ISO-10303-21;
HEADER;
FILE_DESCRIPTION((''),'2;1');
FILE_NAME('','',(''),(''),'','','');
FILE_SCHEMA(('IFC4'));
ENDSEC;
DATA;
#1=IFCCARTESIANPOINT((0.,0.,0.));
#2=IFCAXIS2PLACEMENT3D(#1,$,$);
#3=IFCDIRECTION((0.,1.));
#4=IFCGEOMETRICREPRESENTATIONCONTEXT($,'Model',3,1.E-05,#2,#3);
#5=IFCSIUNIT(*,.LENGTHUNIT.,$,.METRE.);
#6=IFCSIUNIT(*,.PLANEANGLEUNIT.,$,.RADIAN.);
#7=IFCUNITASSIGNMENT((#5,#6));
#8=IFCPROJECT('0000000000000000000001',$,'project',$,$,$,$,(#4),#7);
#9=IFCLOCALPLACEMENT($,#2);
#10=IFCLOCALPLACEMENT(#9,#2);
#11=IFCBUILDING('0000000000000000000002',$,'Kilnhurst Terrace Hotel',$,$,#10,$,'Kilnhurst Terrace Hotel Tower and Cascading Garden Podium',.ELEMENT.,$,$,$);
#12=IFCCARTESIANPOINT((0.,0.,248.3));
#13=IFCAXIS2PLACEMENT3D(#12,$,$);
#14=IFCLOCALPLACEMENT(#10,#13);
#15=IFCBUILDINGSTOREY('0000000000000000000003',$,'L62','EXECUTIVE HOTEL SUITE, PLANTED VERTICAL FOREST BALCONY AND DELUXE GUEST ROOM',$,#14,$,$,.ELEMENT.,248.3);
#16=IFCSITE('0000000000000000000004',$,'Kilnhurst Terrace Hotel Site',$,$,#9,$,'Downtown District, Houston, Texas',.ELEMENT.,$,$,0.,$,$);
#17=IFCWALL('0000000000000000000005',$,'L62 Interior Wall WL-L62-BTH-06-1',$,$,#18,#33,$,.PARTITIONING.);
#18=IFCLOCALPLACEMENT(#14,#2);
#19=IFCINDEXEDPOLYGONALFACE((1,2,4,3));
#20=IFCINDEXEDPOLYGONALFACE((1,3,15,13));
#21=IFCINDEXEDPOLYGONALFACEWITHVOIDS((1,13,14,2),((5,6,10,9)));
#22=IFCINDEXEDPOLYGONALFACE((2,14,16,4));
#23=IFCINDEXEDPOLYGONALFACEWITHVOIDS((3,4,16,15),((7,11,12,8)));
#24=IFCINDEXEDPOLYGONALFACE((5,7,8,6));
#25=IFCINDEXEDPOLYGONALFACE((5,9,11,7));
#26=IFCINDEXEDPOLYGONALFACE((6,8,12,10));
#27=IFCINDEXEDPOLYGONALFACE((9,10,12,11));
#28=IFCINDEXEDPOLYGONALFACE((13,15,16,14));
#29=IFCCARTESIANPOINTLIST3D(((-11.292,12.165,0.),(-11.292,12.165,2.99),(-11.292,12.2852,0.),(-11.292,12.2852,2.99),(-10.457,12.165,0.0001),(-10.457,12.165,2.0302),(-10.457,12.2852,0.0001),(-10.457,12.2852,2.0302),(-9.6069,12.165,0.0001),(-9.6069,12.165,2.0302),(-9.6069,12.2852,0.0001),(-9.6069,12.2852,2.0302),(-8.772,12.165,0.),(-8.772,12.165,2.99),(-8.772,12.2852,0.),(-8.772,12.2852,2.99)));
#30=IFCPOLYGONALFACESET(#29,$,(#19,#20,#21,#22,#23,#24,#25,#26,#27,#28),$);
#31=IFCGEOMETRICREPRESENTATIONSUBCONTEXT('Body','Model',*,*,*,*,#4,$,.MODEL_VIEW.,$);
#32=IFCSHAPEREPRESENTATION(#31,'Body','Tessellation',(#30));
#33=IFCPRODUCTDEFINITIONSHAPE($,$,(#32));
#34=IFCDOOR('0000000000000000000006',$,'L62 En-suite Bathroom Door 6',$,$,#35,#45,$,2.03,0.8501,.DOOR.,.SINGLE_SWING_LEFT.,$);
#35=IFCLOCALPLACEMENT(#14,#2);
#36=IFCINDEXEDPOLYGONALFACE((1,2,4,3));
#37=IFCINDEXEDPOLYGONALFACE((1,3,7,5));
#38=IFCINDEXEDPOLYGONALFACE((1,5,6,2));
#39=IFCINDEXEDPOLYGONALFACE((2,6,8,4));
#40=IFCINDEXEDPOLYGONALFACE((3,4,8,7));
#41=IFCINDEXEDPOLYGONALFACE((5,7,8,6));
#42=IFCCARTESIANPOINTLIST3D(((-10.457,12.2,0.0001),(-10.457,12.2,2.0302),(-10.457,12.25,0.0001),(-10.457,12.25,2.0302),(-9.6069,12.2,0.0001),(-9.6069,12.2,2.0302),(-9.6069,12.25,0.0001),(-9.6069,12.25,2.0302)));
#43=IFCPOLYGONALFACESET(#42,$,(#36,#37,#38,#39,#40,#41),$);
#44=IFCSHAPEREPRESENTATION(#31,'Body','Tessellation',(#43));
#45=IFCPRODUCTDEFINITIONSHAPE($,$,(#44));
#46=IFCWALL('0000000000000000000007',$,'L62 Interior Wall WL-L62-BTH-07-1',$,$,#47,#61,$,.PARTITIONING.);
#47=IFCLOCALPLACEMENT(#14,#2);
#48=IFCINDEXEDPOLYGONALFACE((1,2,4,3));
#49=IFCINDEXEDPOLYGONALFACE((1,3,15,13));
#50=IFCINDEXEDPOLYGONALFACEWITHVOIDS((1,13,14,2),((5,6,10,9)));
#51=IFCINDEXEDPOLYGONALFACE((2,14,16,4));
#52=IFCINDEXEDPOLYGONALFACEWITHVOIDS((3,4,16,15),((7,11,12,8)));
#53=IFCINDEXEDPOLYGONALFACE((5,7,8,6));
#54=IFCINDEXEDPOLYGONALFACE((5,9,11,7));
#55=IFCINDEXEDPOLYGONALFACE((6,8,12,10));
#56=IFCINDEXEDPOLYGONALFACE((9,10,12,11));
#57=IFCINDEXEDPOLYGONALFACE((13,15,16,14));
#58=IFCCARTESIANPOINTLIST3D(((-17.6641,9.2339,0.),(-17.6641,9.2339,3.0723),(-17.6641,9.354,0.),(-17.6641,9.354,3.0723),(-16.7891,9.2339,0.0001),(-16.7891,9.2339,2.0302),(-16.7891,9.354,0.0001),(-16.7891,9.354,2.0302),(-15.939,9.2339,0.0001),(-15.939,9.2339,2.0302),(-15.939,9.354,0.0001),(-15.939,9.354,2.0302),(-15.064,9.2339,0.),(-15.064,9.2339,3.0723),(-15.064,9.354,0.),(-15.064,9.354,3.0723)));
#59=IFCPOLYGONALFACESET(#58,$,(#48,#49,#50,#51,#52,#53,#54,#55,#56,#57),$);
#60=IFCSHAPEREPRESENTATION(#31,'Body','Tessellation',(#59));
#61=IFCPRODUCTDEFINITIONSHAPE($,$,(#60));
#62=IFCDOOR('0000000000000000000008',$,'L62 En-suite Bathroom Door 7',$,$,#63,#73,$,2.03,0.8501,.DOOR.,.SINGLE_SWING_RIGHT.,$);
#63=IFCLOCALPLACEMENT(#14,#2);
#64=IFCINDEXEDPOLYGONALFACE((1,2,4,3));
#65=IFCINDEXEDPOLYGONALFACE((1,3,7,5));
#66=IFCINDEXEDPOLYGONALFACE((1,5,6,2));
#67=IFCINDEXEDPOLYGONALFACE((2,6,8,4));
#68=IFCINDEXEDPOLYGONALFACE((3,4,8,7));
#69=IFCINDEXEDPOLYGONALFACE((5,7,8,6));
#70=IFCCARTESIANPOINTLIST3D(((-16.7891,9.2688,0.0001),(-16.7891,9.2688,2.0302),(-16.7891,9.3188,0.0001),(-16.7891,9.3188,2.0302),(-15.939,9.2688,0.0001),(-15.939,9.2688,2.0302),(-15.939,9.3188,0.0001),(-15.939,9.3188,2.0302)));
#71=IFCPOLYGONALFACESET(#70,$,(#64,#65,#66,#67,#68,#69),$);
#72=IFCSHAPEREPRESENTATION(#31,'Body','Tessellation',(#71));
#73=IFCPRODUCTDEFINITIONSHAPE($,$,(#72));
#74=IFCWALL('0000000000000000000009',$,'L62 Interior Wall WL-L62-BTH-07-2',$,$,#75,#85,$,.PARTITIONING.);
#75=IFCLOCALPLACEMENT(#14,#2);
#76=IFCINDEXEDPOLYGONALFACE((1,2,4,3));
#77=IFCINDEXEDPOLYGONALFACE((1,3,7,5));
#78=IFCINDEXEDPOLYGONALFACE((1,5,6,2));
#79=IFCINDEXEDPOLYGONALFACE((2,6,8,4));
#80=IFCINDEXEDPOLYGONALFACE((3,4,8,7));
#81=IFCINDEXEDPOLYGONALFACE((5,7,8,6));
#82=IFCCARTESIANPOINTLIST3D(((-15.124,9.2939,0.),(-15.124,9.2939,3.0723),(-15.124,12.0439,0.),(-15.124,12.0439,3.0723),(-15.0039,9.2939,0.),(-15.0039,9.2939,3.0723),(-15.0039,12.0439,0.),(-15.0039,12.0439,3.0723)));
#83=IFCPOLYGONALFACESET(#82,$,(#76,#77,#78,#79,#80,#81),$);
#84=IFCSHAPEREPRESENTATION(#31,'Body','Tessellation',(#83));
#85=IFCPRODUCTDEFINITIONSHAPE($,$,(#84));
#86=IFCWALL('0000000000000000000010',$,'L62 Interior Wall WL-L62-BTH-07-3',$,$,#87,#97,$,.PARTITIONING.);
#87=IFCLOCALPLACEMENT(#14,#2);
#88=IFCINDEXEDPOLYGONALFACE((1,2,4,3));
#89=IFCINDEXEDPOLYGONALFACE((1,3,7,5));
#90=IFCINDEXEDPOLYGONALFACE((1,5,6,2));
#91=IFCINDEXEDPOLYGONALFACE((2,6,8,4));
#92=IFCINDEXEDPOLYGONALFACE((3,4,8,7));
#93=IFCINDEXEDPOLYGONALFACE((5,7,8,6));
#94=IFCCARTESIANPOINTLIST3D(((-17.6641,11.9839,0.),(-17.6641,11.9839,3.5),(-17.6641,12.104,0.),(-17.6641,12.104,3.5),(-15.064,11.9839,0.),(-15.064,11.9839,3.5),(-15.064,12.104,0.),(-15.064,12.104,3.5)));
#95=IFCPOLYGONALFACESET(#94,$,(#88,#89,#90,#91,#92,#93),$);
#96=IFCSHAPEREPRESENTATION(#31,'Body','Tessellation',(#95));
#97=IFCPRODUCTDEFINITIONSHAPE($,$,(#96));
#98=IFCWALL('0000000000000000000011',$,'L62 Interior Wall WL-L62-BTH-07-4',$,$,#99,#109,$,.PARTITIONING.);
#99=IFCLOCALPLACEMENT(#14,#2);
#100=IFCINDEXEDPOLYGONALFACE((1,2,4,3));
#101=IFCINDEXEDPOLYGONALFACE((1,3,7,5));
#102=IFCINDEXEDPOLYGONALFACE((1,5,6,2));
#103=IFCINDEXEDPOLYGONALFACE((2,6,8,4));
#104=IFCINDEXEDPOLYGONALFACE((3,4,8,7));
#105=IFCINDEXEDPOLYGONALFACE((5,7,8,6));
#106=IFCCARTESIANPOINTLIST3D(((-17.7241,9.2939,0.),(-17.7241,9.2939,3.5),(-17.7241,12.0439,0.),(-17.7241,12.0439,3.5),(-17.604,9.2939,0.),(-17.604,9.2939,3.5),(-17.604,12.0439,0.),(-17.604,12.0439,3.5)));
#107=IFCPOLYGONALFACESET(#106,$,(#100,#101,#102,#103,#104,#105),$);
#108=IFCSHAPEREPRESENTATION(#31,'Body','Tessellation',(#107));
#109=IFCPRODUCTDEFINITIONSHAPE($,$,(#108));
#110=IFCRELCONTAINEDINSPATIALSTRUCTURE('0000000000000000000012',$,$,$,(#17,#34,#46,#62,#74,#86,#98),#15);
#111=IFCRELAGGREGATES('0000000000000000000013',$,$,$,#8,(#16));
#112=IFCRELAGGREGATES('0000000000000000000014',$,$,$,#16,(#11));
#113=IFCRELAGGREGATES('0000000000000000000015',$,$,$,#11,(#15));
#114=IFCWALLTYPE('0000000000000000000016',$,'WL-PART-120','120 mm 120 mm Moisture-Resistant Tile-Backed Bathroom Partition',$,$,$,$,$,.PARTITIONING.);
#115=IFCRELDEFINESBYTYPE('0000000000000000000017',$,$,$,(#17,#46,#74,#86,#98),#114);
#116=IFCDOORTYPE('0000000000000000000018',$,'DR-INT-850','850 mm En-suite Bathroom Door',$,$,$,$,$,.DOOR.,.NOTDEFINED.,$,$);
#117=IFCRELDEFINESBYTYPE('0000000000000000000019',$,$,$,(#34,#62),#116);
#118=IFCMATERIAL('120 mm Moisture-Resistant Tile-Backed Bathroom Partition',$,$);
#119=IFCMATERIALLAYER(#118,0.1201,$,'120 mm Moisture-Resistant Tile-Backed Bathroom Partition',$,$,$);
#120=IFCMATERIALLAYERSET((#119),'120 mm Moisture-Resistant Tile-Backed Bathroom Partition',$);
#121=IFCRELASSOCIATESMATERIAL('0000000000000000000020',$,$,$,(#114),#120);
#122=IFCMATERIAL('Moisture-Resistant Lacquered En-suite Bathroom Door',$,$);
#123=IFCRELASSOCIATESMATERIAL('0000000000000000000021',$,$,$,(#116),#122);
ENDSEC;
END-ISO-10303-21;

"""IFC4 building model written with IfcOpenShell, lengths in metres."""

from ifc_helpers import new_model, si_unit, direction, frame, frame_2d, origin, place, context, subcontext, project, spatial, rectangle, extrude, material, layer, layer_set, type_object, element, fill, save


model = new_model("IFC4")

# Units and contexts
model_context = context("Model", 3, precision=1e-05, world=origin(), true_north=direction((0.0, 1.0)))
body_context = subcontext(model_context, "Body", "Model", "MODEL_VIEW")
ifc_project = project(units=[si_unit("LENGTHUNIT", "METRE"), si_unit("PLANEANGLEUNIT", "RADIAN")], contexts=[model_context])

# Site, building, storey
site_placement = place(None, origin())
site = spatial("IfcSite", under=ifc_project, at=site_placement, Name="Kilnhurst Terrace Hotel Site", LongName="Downtown District, Houston, Texas", CompositionType="ELEMENT", RefElevation=0.0)
building_placement = place(site_placement, origin())
building = spatial("IfcBuilding", under=site, at=building_placement, Name="Kilnhurst Terrace Hotel", LongName="Kilnhurst Terrace Hotel Tower and Cascading Garden Podium", CompositionType="ELEMENT")
storey_placement = place(building_placement, frame((0.0, 0.0, 248.3)))
storey = spatial("IfcBuildingStorey", under=building, at=storey_placement, Name="L62", Description="EXECUTIVE HOTEL SUITE, PLANTED VERTICAL FOREST BALCONY AND DELUXE GUEST ROOM", CompositionType="ELEMENT", Elevation=248.3)

# Wall, opening, door
ifc_material_1 = material(Name="120 mm Moisture-Resistant Tile-Backed Bathroom Partition")
ifc_layer_1 = layer(ifc_material_1, 0.1201, Name="120 mm Moisture-Resistant Tile-Backed Bathroom Partition")
ifc_layer_set_1 = layer_set([ifc_layer_1], Name="120 mm Moisture-Resistant Tile-Backed Bathroom Partition")
wall_type_1 = type_object("IfcWallType", Name="WL-PART-120", Description="120 mm 120 mm Moisture-Resistant Tile-Backed Bathroom Partition", PredefinedType="PARTITIONING", material=ifc_layer_set_1)
wall_1_placement = place(storey_placement, frame((-11.292, 12.2251, 0.0), z_axis=(0.0, 0.0, 1.0), x_axis=(1.0, 0.0, 0.0)))
wall_1 = element("IfcWall", 1, at=wall_1_placement, inside=storey, type_object=wall_type_1, Name="L62 Interior Wall WL-L62-BTH-06-1", PredefinedType="PARTITIONING", context=body_context, shape_type="SweptSolid", body=[
    extrude(rectangle(XDim=2.52, YDim=0.1201, at=frame_2d((1.26, 0.0))), origin(), (0.0, 0.0, 1.0), 2.99),
])
opening_1_placement = place(wall_1_placement, frame((0.835, 0.0, 0.0)))
opening_1 = element("IfcOpeningElement", 2, at=opening_1_placement, cuts=wall_1, PredefinedType="OPENING", context=body_context, shape_type="SweptSolid", body=[
    extrude(rectangle(XDim=0.8501, YDim=2.03, at=frame_2d((0.425, 1.0151))), frame((0.0, 0.0701, 0.0), z_axis=(0.0, -1.0, 0.0), x_axis=(1.0, 0.0, 0.0)), (0.0, 0.0, 1.0), 0.1401),
])
ifc_material_2 = material(Name="Moisture-Resistant Lacquered En-suite Bathroom Door")
door_type_1 = type_object("IfcDoorType", Name="DR-INT-850", Description="850 mm En-suite Bathroom Door", OperationType="NOTDEFINED", PredefinedType="DOOR", material=ifc_material_2)
door_1_placement = place(opening_1_placement, origin())
door_1 = element("IfcDoor", 3, at=door_1_placement, inside=storey, type_object=door_type_1, Name="L62 En-suite Bathroom Door 6", OperationType="SINGLE_SWING_LEFT", OverallHeight=2.03, OverallWidth=0.8501, PredefinedType="DOOR", context=body_context, shape_type="SweptSolid", body=[
    extrude(rectangle(XDim=0.8501, YDim=2.03, at=frame_2d((0.425, 1.0151))), frame((0.0, 0.0249, 0.0), z_axis=(0.0, -1.0, 0.0), x_axis=(1.0, 0.0, 0.0)), (0.0, 0.0, 1.0), 0.05),
])
fill(opening_1, door_1)

# Wall, opening, door
wall_2_placement = place(storey_placement, frame((-17.6641, 9.2939, 0.0), z_axis=(0.0, 0.0, 1.0), x_axis=(1.0, 0.0, 0.0)))
wall_2 = element("IfcWall", 4, at=wall_2_placement, inside=storey, type_object=wall_type_1, Name="L62 Interior Wall WL-L62-BTH-07-1", PredefinedType="PARTITIONING", context=body_context, shape_type="SweptSolid", body=[
    extrude(rectangle(XDim=2.6001, YDim=0.1201, at=frame_2d((1.3, 0.0))), origin(), (0.0, 0.0, 1.0), 3.0723),
])
opening_2_placement = place(wall_2_placement, frame((0.875, 0.0, 0.0)))
opening_2 = element("IfcOpeningElement", 5, at=opening_2_placement, cuts=wall_2, PredefinedType="OPENING", context=body_context, shape_type="SweptSolid", body=[
    extrude(rectangle(XDim=0.8501, YDim=2.03, at=frame_2d((0.425, 1.0151))), frame((0.0, 0.0701, 0.0), z_axis=(0.0, -1.0, 0.0), x_axis=(1.0, 0.0, 0.0)), (0.0, 0.0, 1.0), 0.1401),
])
door_2_placement = place(opening_2_placement, origin())
door_2 = element("IfcDoor", 6, at=door_2_placement, inside=storey, type_object=door_type_1, Name="L62 En-suite Bathroom Door 7", OperationType="SINGLE_SWING_RIGHT", OverallHeight=2.03, OverallWidth=0.8501, PredefinedType="DOOR", context=body_context, shape_type="SweptSolid", body=[
    extrude(rectangle(XDim=0.8501, YDim=2.03, at=frame_2d((0.425, 1.0151))), frame((0.0, 0.0249, 0.0), z_axis=(0.0, -1.0, 0.0), x_axis=(1.0, 0.0, 0.0)), (0.0, 0.0, 1.0), 0.05),
])
fill(opening_2, door_2)

# Walls
wall_3_placement = place(storey_placement, frame((-15.064, 9.2939, 0.0), z_axis=(0.0, 0.0, 1.0), x_axis=(0.0, 1.0, 0.0)))
element("IfcWall", 7, at=wall_3_placement, inside=storey, type_object=wall_type_1, Name="L62 Interior Wall WL-L62-BTH-07-2", PredefinedType="PARTITIONING", context=body_context, shape_type="SweptSolid", body=[
    extrude(rectangle(XDim=2.75, YDim=0.1201, at=frame_2d((1.375, 0.0))), origin(), (0.0, 0.0, 1.0), 3.0723),
])
wall_4_placement = place(storey_placement, frame((-15.064, 12.0439, 0.0), z_axis=(0.0, 0.0, 1.0), x_axis=(-1.0, 0.0, 0.0)))
element("IfcWall", 8, at=wall_4_placement, inside=storey, type_object=wall_type_1, Name="L62 Interior Wall WL-L62-BTH-07-3", PredefinedType="PARTITIONING", context=body_context, shape_type="SweptSolid", body=[
    extrude(rectangle(XDim=2.6001, YDim=0.1201, at=frame_2d((1.3, 0.0))), origin(), (0.0, 0.0, 1.0), 3.5),
])
wall_5_placement = place(storey_placement, frame((-17.6641, 12.0439, 0.0), z_axis=(0.0, 0.0, 1.0), x_axis=(0.0, -1.0, 0.0)))
element("IfcWall", 9, at=wall_5_placement, inside=storey, type_object=wall_type_1, Name="L62 Interior Wall WL-L62-BTH-07-4", PredefinedType="PARTITIONING", context=body_context, shape_type="SweptSolid", body=[
    extrude(rectangle(XDim=2.75, YDim=0.1201, at=frame_2d((1.375, 0.0))), origin(), (0.0, 0.0, 1.0), 3.5),
])

save(model, "model.ifc")
